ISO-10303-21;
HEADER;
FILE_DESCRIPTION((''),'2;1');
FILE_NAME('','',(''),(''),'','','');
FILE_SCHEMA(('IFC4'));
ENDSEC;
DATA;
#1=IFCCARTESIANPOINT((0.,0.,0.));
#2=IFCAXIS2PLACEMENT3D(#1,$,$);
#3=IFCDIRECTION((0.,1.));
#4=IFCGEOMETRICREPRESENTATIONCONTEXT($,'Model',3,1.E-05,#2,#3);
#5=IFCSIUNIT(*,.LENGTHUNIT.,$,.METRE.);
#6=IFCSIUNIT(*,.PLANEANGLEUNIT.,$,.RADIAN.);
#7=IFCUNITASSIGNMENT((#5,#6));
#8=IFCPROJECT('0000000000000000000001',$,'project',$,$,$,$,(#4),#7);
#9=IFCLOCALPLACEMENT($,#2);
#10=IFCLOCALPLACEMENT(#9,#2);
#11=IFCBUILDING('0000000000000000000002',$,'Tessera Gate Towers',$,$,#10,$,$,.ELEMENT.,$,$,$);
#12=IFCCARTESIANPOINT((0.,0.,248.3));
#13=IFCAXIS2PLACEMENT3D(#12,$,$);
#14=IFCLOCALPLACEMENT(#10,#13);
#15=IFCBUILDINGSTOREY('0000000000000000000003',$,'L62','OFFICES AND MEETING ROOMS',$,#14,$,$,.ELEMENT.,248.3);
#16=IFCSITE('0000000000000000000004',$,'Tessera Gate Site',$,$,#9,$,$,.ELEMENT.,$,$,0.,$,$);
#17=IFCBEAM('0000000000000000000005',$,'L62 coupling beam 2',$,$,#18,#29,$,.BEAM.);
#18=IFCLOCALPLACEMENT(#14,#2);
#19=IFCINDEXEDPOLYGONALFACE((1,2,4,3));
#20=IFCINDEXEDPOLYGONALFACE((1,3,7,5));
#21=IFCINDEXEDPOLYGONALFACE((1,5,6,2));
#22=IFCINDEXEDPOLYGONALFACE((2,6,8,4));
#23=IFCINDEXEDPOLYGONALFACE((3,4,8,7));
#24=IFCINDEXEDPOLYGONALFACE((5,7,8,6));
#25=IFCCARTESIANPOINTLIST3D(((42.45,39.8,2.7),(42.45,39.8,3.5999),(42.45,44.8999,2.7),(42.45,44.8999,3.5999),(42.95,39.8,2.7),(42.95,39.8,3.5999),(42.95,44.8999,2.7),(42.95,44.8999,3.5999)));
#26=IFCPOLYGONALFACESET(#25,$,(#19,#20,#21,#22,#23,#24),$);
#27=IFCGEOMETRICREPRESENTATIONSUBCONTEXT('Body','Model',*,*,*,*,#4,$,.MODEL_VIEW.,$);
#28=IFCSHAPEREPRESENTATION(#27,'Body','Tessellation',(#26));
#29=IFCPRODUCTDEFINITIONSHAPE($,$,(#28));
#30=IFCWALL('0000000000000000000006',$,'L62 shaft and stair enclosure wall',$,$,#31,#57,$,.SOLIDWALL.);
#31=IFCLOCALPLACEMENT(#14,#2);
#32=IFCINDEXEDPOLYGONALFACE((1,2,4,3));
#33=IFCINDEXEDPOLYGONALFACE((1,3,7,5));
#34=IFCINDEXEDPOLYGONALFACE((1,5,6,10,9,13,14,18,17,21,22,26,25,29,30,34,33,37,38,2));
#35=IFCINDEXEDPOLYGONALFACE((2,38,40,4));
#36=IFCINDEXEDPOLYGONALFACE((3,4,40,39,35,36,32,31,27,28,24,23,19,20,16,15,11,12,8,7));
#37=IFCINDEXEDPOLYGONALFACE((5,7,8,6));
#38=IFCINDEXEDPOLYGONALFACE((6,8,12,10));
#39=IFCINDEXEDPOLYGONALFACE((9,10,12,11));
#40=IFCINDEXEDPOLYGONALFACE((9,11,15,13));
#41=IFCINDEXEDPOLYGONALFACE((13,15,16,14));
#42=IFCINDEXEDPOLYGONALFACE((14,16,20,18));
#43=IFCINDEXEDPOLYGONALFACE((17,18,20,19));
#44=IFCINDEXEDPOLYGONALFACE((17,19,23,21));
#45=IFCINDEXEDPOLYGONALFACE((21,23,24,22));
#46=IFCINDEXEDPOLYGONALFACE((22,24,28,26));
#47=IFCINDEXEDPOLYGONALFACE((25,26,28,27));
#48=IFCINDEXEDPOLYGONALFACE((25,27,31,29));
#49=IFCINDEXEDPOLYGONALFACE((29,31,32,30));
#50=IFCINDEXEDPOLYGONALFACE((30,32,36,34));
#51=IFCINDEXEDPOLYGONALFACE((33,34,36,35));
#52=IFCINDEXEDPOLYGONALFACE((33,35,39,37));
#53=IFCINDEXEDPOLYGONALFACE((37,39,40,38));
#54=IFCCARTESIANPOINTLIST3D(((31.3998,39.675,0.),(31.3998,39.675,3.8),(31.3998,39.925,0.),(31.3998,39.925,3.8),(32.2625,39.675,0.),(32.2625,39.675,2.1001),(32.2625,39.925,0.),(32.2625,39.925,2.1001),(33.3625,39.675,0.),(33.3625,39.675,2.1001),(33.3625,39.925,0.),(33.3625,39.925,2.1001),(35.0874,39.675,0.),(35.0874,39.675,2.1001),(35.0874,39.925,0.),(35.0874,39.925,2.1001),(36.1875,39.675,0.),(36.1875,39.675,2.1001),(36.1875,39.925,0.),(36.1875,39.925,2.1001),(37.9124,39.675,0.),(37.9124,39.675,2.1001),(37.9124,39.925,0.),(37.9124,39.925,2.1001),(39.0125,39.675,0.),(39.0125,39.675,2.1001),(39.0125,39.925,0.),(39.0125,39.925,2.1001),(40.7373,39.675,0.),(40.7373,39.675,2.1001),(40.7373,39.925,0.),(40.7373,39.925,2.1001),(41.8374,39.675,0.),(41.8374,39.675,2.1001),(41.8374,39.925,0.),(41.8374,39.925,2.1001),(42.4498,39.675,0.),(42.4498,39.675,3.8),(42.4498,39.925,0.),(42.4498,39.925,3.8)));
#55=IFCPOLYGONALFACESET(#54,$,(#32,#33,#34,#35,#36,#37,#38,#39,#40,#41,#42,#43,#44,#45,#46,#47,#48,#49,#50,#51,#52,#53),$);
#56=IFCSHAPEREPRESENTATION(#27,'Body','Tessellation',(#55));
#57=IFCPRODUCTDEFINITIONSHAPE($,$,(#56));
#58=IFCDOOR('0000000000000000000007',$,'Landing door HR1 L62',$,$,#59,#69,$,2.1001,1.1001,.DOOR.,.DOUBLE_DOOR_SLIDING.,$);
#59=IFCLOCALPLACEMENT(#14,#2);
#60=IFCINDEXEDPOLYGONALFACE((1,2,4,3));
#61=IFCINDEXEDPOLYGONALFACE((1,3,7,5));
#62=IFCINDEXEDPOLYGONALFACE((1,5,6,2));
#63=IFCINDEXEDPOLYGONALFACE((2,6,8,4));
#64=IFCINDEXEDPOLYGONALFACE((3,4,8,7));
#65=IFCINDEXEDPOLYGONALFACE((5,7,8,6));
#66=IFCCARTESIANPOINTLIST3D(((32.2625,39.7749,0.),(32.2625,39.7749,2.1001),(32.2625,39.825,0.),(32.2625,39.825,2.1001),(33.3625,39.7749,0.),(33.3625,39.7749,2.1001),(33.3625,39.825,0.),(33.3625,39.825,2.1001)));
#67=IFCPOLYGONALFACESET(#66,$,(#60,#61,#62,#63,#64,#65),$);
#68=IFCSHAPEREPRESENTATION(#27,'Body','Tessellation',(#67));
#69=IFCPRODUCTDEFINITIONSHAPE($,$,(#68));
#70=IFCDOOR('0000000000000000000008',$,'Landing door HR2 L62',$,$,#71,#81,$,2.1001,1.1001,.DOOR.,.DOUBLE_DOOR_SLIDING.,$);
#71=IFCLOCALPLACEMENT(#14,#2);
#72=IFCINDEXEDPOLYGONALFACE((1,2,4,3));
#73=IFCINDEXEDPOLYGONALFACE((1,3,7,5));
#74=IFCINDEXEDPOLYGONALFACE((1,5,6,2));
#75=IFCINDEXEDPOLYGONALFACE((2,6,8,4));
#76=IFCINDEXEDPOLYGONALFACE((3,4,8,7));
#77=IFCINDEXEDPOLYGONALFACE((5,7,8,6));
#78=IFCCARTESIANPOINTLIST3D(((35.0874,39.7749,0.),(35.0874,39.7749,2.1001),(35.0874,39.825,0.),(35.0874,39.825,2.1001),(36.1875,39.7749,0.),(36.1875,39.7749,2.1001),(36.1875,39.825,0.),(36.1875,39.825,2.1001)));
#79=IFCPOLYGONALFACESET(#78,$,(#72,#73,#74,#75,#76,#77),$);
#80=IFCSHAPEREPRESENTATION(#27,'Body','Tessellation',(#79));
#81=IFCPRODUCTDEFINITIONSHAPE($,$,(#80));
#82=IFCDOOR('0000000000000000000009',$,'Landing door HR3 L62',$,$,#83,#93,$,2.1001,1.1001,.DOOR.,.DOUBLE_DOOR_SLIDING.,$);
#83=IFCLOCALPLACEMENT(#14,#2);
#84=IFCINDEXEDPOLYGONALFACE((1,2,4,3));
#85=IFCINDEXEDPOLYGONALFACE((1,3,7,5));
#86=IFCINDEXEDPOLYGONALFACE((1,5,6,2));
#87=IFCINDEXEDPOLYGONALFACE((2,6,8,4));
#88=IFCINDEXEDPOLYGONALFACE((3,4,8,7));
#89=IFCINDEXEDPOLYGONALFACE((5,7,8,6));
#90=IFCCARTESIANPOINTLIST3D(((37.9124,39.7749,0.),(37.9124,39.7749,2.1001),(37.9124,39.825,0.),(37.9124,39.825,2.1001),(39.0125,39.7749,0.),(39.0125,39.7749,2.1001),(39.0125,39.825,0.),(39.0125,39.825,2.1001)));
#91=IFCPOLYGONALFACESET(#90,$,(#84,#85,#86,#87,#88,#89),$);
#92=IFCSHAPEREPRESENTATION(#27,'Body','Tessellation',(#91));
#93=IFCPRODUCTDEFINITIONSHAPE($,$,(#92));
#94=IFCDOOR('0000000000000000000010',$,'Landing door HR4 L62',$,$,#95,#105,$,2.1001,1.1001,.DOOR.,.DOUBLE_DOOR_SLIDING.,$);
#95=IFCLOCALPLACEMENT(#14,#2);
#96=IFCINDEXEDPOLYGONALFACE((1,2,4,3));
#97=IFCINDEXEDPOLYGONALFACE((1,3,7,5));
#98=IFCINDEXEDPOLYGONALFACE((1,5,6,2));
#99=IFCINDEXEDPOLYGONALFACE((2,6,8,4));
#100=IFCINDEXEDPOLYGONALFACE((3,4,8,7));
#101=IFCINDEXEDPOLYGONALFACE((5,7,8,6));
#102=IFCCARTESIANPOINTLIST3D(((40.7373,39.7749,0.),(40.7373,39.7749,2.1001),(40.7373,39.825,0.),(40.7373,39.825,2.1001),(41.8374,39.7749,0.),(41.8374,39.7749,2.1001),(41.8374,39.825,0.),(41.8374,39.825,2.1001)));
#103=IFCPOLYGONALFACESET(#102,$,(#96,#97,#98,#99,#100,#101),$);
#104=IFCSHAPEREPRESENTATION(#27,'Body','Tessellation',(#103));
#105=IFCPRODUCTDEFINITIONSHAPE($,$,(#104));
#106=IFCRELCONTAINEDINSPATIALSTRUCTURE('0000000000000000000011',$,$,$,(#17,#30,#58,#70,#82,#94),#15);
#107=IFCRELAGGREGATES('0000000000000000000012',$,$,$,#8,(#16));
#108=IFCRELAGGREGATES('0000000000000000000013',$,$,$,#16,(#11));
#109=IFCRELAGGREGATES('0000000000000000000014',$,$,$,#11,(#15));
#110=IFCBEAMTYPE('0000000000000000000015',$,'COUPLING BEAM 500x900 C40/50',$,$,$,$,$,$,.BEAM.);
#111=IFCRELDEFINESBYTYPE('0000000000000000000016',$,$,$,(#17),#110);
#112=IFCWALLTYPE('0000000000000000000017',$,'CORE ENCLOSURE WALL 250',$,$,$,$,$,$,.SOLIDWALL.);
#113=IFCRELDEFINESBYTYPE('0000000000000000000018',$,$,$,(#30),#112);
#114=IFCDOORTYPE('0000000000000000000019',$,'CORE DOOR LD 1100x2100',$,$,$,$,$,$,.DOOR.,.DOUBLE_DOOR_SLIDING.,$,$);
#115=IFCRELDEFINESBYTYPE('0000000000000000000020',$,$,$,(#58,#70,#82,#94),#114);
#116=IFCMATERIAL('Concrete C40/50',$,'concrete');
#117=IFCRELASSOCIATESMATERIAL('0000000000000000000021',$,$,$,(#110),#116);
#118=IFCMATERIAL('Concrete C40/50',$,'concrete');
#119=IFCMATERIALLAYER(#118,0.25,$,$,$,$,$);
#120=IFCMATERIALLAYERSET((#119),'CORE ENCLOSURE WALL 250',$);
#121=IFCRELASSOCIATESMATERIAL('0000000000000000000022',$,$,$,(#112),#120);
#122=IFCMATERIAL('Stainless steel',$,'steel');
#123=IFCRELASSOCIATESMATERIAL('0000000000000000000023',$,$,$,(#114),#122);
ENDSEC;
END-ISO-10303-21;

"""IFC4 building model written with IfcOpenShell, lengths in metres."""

from ifc_helpers import new_model, si_unit, direction, frame, frame_2d, origin, origin_2d, place, context, subcontext, project, spatial, rectangle, extrude, source, transform, mapped, material, layer, layer_set, material_profile, profile_set, type_object, element, fill, save


model = new_model("IFC4")

# Units and contexts
model_context = context("Model", 3, precision=1e-05, world=origin(), true_north=direction((0.0, 1.0)))
body_context = subcontext(model_context, "Body", "Model", "MODEL_VIEW")
ifc_project = project(units=[si_unit("LENGTHUNIT", "METRE"), si_unit("PLANEANGLEUNIT", "RADIAN")], contexts=[model_context])

# Site, building, storey
site_placement = place(None, origin())
site = spatial("IfcSite", under=ifc_project, at=site_placement, Name="Tessera Gate Site", CompositionType="ELEMENT", RefElevation=0.0)
building_placement = place(site_placement, origin())
building = spatial("IfcBuilding", under=site, at=building_placement, Name="Tessera Gate Towers", CompositionType="ELEMENT")
storey_placement = place(building_placement, frame((0.0, 0.0, 248.3)))
storey = spatial("IfcBuildingStorey", under=building, at=storey_placement, Name="L62", Description="OFFICES AND MEETING ROOMS", CompositionType="ELEMENT", Elevation=248.3)

# Beam
ifc_material_1 = material(Name="Concrete C40/50", Category="concrete")
ifc_material_profile = material_profile(ifc_material_1, rectangle(XDim=0.5, YDim=0.8999, at=origin_2d()), Name="RC 500x900")
ifc_profile_set = profile_set([ifc_material_profile], Name="Concrete C40/50")
beam_type = type_object("IfcBeamType", Name="COUPLING BEAM 500x900 C40/50", PredefinedType="BEAM", material=ifc_profile_set)
beam_placement = place(storey_placement, frame((42.7, 39.8, 3.1499), z_axis=(0.0, 1.0, 0.0), x_axis=(-1.0, 0.0, 0.0)))
element("IfcBeam", 1, at=beam_placement, inside=storey, type_object=beam_type, Name="L62 coupling beam 2", PredefinedType="BEAM", context=body_context, shape_type="SweptSolid", body=[
    extrude(rectangle(XDim=0.5, YDim=0.8999, at=origin_2d()), origin(), (0.0, 0.0, 1.0), 5.0999),
])

# Wall, openings, doors
ifc_material_2 = material(Name="Concrete C40/50", Category="concrete")
ifc_layer_1 = layer(ifc_material_2, 0.25)
ifc_layer_set_1 = layer_set([ifc_layer_1], Name="CORE ENCLOSURE WALL 250")
wall_type_1 = type_object("IfcWallType", Name="CORE ENCLOSURE WALL 250", PredefinedType="SOLIDWALL", material=ifc_layer_set_1)
wall_1_placement = place(storey_placement, frame((31.3999, 39.8, 0.0), z_axis=(0.0, 0.0, 1.0), x_axis=(1.0, 0.0, 0.0)))
wall_1 = element("IfcWall", 2, at=wall_1_placement, inside=storey, type_object=wall_type_1, Name="L62 shaft and stair enclosure wall", PredefinedType="SOLIDWALL", context=body_context, shape_type="SweptSolid", body=[
    extrude(rectangle(XDim=11.05, YDim=0.25, at=frame_2d((5.5249, 0.0))), origin(), (0.0, 0.0, 1.0), 3.8),
])
shared_shape_1 = source(origin(), body_context, "Body", "SweptSolid", [
    extrude(rectangle(XDim=1.1001, YDim=2.1001, at=frame_2d((0.55, 1.05))), frame((0.0, 0.135, 0.0), z_axis=(0.0, -1.0, 0.0), x_axis=(1.0, 0.0, 0.0)), (0.0, 0.0, 1.0), 0.27),
])
opening_1_placement = place(wall_1_placement, frame((0.8625, 0.0, 0.0)))
opening_1 = element("IfcOpeningElement", 3, at=opening_1_placement, cuts=wall_1, PredefinedType="OPENING", context=body_context, shape_type="MappedRepresentation", body=[
    mapped(shared_shape_1, transform((0.0, 0.0, 0.0), scale=1.0)),
])
opening_2_placement = place(wall_1_placement, frame((3.6875, 0.0, 0.0)))
opening_2 = element("IfcOpeningElement", 4, at=opening_2_placement, cuts=wall_1, PredefinedType="OPENING", context=body_context, shape_type="MappedRepresentation", body=[
    mapped(shared_shape_1, transform((0.0, 0.0, 0.0), scale=1.0)),
])
opening_3_placement = place(wall_1_placement, frame((6.5125, 0.0, 0.0)))
opening_3 = element("IfcOpeningElement", 5, at=opening_3_placement, cuts=wall_1, PredefinedType="OPENING", context=body_context, shape_type="MappedRepresentation", body=[
    mapped(shared_shape_1, transform((0.0, 0.0, 0.0), scale=1.0)),
])
opening_4_placement = place(wall_1_placement, frame((9.3374, 0.0, 0.0)))
opening_4 = element("IfcOpeningElement", 6, at=opening_4_placement, cuts=wall_1, PredefinedType="OPENING", context=body_context, shape_type="MappedRepresentation", body=[
    mapped(shared_shape_1, transform((0.0, 0.0, 0.0), scale=1.0)),
])
ifc_material_3 = material(Name="Stainless steel", Category="steel")
door_type_1 = type_object("IfcDoorType", Name="CORE DOOR LD 1100x2100", OperationType="DOUBLE_DOOR_SLIDING", PredefinedType="DOOR", material=ifc_material_3)
shared_shape_2 = source(origin(), body_context, "Body", "SweptSolid", [
    extrude(rectangle(XDim=1.1001, YDim=2.1001, at=frame_2d((0.55, 1.05))), frame((0.0, 0.0249, 0.0), z_axis=(0.0, -1.0, 0.0), x_axis=(1.0, 0.0, 0.0)), (0.0, 0.0, 1.0), 0.05),
])
door_1_placement = place(opening_1_placement, origin())
door_1 = element("IfcDoor", 7, at=door_1_placement, inside=storey, type_object=door_type_1, Name="Landing door HR1 L62", OperationType="DOUBLE_DOOR_SLIDING", OverallHeight=2.1001, OverallWidth=1.1001, PredefinedType="DOOR", context=body_context, shape_type="MappedRepresentation", body=[
    mapped(shared_shape_2, transform((0.0, 0.0, 0.0), scale=1.0)),
])
fill(opening_1, door_1)
door_2_placement = place(opening_2_placement, origin())
door_2 = element("IfcDoor", 8, at=door_2_placement, inside=storey, type_object=door_type_1, Name="Landing door HR2 L62", OperationType="DOUBLE_DOOR_SLIDING", OverallHeight=2.1001, OverallWidth=1.1001, PredefinedType="DOOR", context=body_context, shape_type="MappedRepresentation", body=[
    mapped(shared_shape_2, transform((0.0, 0.0, 0.0), scale=1.0)),
])
fill(opening_2, door_2)
door_3_placement = place(opening_3_placement, origin())
door_3 = element("IfcDoor", 9, at=door_3_placement, inside=storey, type_object=door_type_1, Name="Landing door HR3 L62", OperationType="DOUBLE_DOOR_SLIDING", OverallHeight=2.1001, OverallWidth=1.1001, PredefinedType="DOOR", context=body_context, shape_type="MappedRepresentation", body=[
    mapped(shared_shape_2, transform((0.0, 0.0, 0.0), scale=1.0)),
])
fill(opening_3, door_3)
door_4_placement = place(opening_4_placement, origin())
door_4 = element("IfcDoor", 10, at=door_4_placement, inside=storey, type_object=door_type_1, Name="Landing door HR4 L62", OperationType="DOUBLE_DOOR_SLIDING", OverallHeight=2.1001, OverallWidth=1.1001, PredefinedType="DOOR", context=body_context, shape_type="MappedRepresentation", body=[
    mapped(shared_shape_2, transform((0.0, 0.0, 0.0), scale=1.0)),
])
fill(opening_4, door_4)

save(model, "model.ifc")
